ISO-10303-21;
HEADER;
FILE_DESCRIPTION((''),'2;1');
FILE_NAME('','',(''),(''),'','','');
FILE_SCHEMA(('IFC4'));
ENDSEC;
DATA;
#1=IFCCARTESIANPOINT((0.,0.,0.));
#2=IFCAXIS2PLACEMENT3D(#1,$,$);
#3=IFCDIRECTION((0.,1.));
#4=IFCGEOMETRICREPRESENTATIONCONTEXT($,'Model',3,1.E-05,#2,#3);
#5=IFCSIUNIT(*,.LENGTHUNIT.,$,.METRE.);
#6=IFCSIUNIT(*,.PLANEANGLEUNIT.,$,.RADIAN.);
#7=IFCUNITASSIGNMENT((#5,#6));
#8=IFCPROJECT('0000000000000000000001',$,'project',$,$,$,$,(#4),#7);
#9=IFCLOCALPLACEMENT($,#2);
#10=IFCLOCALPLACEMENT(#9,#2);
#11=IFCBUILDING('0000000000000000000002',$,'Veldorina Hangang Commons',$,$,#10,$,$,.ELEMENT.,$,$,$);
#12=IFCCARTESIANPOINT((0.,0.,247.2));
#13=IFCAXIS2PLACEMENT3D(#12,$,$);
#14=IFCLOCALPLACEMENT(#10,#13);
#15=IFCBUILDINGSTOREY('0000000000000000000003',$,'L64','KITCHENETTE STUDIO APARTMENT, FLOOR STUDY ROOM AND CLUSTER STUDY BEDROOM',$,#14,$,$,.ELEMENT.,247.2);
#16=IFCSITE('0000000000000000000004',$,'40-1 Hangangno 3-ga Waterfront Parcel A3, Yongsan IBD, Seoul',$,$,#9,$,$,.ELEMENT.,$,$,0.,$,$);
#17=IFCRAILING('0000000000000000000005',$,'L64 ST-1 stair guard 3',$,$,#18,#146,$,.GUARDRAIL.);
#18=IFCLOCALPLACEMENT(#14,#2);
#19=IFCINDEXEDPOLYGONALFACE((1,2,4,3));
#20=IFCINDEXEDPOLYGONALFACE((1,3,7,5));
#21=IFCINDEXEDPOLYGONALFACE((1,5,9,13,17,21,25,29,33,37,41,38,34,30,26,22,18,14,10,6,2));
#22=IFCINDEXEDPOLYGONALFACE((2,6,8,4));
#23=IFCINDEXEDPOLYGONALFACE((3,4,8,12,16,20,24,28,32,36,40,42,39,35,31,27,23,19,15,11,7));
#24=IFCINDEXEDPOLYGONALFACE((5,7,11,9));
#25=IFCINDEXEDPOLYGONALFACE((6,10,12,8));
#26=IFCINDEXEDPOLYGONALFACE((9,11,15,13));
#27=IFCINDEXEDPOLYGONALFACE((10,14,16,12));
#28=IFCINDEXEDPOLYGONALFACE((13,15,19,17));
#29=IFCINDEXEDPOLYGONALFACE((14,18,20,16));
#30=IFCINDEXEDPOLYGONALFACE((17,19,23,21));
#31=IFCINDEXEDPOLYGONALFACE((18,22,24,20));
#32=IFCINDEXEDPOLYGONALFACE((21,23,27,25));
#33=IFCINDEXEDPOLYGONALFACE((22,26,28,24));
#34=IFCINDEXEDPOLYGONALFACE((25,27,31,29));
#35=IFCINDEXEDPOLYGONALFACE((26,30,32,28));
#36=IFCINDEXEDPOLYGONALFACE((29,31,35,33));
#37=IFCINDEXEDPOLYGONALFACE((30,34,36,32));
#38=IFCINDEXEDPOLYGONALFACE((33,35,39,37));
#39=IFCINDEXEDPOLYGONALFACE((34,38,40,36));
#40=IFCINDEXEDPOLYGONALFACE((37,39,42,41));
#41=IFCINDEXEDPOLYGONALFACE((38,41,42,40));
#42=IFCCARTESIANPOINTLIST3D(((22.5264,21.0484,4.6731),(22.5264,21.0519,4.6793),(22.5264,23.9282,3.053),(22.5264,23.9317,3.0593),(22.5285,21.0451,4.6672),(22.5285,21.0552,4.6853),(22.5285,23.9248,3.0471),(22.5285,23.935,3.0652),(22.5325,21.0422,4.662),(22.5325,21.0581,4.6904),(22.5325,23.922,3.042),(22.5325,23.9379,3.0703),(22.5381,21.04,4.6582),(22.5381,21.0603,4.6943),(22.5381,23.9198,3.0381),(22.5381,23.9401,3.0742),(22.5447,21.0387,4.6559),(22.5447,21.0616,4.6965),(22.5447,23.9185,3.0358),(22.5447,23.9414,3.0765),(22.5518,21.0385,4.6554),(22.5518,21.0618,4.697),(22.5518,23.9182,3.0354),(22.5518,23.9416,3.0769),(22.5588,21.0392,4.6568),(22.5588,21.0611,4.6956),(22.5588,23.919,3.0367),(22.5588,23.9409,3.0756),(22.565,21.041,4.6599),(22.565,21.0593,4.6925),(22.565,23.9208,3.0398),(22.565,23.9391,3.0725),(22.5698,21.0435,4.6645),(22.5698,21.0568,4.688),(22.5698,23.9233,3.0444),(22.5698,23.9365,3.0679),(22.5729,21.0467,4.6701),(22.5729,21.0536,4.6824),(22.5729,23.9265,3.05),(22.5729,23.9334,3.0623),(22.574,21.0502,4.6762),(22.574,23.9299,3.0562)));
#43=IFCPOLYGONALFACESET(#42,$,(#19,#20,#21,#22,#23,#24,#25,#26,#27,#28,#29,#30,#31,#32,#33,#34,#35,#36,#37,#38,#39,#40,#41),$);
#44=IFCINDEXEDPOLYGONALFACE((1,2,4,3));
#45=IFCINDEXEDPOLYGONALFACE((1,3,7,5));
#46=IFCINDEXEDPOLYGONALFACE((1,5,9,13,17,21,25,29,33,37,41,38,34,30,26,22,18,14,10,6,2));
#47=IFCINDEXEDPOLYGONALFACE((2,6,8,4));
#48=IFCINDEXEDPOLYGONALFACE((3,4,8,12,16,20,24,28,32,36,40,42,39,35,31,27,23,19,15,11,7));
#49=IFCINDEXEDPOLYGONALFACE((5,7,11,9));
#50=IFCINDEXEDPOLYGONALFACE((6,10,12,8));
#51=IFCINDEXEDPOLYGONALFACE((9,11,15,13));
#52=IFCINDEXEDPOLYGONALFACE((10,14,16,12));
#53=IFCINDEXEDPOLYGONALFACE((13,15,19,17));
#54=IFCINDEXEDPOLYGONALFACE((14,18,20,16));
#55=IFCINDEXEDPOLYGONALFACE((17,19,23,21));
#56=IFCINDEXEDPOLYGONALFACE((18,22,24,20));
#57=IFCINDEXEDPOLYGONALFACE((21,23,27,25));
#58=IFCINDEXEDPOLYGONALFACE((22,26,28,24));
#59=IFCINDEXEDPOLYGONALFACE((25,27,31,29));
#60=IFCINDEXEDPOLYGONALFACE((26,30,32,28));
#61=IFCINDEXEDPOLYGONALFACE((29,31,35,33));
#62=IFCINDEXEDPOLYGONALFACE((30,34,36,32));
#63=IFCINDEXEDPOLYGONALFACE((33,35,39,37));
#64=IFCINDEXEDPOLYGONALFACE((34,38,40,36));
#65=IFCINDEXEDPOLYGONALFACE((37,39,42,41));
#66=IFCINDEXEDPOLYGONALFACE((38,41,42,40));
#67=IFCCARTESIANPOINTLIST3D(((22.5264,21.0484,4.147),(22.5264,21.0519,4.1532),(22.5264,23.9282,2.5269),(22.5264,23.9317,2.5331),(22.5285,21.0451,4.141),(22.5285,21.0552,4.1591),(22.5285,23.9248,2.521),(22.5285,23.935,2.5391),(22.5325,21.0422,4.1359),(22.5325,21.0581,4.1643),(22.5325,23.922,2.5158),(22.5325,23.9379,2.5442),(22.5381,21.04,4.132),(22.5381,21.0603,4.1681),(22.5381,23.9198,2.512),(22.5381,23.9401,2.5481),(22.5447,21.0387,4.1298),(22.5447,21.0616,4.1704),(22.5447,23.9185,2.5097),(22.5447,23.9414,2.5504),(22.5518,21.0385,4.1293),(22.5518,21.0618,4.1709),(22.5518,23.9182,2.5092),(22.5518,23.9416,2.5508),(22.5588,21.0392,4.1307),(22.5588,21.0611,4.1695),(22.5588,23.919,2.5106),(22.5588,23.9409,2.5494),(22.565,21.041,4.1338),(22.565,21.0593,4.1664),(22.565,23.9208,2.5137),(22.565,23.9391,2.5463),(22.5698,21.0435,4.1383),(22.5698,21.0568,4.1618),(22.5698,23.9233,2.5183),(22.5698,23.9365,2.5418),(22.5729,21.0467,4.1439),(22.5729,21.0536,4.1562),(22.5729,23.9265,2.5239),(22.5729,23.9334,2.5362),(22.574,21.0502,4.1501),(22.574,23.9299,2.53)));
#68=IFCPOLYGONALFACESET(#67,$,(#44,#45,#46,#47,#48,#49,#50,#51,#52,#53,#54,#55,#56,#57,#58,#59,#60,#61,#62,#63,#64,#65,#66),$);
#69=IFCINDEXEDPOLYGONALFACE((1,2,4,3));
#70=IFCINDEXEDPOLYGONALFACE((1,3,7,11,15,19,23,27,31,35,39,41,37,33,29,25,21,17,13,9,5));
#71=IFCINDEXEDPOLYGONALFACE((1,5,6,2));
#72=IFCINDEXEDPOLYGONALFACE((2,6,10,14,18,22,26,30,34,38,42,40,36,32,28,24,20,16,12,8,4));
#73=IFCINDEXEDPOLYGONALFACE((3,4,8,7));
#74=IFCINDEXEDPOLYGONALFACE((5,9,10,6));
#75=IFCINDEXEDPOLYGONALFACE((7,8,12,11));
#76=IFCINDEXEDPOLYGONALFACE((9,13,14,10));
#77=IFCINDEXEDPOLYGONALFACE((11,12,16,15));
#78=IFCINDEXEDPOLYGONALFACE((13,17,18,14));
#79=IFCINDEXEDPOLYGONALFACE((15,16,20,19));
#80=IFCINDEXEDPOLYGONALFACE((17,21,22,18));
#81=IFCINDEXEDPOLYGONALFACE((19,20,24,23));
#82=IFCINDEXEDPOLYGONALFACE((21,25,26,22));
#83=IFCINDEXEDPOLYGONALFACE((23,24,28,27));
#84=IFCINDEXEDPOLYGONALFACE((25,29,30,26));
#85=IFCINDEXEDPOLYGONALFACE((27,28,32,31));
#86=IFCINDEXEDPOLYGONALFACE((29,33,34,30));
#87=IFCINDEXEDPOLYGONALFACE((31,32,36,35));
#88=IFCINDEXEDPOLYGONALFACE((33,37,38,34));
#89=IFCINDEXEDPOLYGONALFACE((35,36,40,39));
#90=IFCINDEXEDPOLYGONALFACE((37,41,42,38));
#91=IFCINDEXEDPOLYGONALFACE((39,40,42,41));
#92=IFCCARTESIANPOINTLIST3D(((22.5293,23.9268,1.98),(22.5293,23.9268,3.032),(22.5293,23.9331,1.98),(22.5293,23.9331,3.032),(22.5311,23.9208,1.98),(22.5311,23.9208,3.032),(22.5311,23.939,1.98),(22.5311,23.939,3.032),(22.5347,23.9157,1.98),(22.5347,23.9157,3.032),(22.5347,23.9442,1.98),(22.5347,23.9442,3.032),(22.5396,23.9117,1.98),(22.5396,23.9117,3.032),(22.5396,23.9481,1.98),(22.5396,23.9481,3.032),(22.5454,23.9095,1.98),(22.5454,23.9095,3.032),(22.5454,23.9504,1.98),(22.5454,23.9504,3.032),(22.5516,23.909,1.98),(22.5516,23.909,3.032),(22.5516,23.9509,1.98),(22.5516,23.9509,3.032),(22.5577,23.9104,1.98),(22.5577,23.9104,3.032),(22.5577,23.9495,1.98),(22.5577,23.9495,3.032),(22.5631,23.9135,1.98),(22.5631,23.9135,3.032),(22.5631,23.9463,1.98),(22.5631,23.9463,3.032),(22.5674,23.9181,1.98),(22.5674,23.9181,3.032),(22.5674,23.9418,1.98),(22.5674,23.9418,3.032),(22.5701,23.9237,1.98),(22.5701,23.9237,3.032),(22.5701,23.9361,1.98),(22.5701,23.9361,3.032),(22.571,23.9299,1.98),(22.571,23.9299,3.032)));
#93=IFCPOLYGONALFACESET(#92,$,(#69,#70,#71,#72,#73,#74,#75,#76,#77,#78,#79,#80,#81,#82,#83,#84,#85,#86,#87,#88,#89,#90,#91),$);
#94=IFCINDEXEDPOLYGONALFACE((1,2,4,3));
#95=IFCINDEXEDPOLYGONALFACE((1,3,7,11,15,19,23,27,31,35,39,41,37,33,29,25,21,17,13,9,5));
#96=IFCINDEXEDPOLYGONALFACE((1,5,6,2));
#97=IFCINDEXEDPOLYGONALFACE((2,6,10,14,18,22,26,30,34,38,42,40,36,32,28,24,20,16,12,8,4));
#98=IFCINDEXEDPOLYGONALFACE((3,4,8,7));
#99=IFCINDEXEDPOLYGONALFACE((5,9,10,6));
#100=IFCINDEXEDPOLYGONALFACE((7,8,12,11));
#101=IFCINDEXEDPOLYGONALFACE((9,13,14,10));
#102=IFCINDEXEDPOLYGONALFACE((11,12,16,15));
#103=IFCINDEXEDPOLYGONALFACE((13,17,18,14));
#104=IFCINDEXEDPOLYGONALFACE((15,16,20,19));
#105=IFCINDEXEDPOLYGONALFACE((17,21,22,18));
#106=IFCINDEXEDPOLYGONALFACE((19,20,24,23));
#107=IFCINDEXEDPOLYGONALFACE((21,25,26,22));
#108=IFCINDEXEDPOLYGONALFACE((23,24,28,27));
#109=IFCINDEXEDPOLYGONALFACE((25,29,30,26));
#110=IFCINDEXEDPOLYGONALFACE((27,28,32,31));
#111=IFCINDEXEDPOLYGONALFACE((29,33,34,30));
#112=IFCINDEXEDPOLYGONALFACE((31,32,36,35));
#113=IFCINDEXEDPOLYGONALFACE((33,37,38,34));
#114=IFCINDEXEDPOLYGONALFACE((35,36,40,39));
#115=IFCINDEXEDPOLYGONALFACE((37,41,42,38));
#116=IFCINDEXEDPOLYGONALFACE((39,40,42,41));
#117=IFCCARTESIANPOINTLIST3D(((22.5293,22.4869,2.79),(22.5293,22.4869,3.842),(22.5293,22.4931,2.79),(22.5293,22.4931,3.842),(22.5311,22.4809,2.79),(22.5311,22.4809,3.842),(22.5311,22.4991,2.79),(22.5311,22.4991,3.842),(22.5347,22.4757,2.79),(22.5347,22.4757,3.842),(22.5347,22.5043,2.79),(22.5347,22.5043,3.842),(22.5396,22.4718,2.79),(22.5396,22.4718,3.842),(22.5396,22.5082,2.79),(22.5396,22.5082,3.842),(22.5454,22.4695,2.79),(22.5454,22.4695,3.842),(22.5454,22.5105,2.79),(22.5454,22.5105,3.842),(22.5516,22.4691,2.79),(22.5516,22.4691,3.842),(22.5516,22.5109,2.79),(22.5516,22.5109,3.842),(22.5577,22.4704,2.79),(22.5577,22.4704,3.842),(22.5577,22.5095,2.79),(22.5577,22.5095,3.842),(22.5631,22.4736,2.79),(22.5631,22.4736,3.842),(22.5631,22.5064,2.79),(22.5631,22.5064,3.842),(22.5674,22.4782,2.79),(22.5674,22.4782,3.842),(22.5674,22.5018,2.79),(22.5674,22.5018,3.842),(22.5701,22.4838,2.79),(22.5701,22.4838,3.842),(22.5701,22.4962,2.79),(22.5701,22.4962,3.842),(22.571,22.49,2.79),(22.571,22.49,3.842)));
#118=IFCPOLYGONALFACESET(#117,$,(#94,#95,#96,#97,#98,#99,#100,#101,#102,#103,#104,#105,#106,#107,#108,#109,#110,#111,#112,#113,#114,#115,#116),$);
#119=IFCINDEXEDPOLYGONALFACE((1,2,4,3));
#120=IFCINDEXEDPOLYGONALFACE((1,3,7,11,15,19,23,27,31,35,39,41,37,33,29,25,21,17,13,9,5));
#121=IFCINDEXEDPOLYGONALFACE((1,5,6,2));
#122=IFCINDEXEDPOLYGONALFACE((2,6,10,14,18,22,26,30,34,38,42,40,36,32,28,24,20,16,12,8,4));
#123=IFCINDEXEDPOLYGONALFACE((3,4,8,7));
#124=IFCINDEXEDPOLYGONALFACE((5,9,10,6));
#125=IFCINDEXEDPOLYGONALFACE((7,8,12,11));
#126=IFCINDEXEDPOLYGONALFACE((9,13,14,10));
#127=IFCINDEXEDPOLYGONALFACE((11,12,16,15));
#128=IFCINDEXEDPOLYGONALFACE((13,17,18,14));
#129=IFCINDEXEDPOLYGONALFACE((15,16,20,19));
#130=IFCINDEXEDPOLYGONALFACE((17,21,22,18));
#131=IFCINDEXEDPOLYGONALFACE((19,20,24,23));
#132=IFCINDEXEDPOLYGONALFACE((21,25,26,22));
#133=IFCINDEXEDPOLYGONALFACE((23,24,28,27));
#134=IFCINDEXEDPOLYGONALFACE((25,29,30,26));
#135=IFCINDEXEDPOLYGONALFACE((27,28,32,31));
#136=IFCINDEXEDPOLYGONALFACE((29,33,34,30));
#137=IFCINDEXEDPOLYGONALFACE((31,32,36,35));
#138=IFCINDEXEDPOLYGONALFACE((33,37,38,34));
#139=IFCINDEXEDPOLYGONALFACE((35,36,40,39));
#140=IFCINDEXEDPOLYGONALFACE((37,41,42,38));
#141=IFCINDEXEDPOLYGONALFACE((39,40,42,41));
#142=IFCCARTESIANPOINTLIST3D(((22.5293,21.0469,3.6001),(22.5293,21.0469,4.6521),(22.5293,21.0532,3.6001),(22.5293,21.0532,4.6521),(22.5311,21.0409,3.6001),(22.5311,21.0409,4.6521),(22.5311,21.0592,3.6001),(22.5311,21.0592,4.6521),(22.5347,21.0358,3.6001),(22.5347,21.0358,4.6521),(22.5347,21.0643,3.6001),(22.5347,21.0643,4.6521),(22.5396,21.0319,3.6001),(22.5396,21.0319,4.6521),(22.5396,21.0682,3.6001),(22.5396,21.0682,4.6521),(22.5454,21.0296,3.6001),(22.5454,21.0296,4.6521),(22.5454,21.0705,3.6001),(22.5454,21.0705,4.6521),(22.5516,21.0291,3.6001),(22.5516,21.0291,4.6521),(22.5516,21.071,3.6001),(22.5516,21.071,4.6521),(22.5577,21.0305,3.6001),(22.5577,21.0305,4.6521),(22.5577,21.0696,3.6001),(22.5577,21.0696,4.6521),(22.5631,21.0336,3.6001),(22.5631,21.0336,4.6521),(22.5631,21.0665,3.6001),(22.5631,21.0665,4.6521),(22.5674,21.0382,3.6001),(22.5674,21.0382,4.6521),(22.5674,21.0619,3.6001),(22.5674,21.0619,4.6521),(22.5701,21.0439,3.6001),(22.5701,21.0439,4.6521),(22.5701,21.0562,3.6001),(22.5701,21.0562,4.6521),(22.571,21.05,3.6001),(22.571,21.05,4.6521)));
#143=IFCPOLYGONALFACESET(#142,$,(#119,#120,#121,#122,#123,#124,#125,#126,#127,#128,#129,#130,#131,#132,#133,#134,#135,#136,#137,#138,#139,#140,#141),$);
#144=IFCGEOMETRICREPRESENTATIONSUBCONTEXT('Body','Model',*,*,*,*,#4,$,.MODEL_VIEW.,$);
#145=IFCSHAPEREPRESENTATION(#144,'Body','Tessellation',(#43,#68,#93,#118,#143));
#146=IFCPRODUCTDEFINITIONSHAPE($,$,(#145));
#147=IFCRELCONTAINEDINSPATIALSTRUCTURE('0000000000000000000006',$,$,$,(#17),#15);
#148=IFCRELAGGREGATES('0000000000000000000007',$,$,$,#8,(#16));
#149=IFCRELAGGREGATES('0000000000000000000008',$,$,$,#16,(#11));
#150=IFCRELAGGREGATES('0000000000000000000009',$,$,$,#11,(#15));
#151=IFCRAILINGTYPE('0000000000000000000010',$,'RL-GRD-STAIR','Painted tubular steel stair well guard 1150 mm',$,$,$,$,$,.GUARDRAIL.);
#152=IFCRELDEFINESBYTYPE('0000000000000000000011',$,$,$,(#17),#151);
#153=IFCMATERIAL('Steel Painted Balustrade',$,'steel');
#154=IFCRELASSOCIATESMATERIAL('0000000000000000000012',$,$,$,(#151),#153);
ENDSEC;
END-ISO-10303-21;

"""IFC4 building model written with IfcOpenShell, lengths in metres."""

from ifc_helpers import new_model, si_unit, direction, frame, origin, origin_2d, place, context, subcontext, project, spatial, circle, extrude, material, type_object, element, save


model = new_model("IFC4")

# Units and contexts
model_context = context("Model", 3, precision=1e-05, world=origin(), true_north=direction((0.0, 1.0)))
body_context = subcontext(model_context, "Body", "Model", "MODEL_VIEW")
ifc_project = project(units=[si_unit("LENGTHUNIT", "METRE"), si_unit("PLANEANGLEUNIT", "RADIAN")], contexts=[model_context])

# Site, building, storey
site_placement = place(None, origin())
site = spatial("IfcSite", under=ifc_project, at=site_placement, Name="40-1 Hangangno 3-ga Waterfront Parcel A3, Yongsan IBD, Seoul", CompositionType="ELEMENT", RefElevation=0.0)
building_placement = place(site_placement, origin())
building = spatial("IfcBuilding", under=site, at=building_placement, Name="Veldorina Hangang Commons", CompositionType="ELEMENT")
storey_placement = place(building_placement, frame((0.0, 0.0, 247.2)))
storey = spatial("IfcBuildingStorey", under=building, at=storey_placement, Name="L64", Description="KITCHENETTE STUDIO APARTMENT, FLOOR STUDY ROOM AND CLUSTER STUDY BEDROOM", CompositionType="ELEMENT", Elevation=247.2)

# Railing
ifc_material_1 = material(Name="Steel Painted Balustrade", Category="steel")
railing_type_1 = type_object("IfcRailingType", Name="RL-GRD-STAIR", Description="Painted tubular steel stair well guard 1150 mm", PredefinedType="GUARDRAIL", material=ifc_material_1)
railing_1_placement = place(storey_placement, frame((22.55, 23.9299, 1.98)))
element("IfcRailing", 1, at=railing_1_placement, inside=storey, type_object=railing_type_1, Name="L64 ST-1 stair guard 3", PredefinedType="GUARDRAIL", context=body_context, shape_type="SweptSolid", body=[
    extrude(circle(Radius=0.0239, at=origin_2d()), frame((0.0, 0.0, 1.0762), z_axis=(0.0, -0.871552, 0.490303), x_axis=(1.0, 0.0, 0.0)), (0.0, 0.0, 1.0), 3.3042),
    extrude(circle(Radius=0.0239, at=origin_2d()), frame((0.0, 0.0, 0.55), z_axis=(0.0, -0.871552, 0.490303), x_axis=(1.0, 0.0, 0.0)), (0.0, 0.0, 1.0), 3.3042),
    extrude(circle(Radius=0.021, at=origin_2d()), origin(), (0.0, 0.0, 1.0), 1.052),
    extrude(circle(Radius=0.021, at=origin_2d()), frame((0.0, -1.4399, 0.8101)), (0.0, 0.0, 1.0), 1.052),
    extrude(circle(Radius=0.021, at=origin_2d()), frame((0.0, -2.8799, 1.6201)), (0.0, 0.0, 1.0), 1.052),
])

save(model, "model.ifc")
